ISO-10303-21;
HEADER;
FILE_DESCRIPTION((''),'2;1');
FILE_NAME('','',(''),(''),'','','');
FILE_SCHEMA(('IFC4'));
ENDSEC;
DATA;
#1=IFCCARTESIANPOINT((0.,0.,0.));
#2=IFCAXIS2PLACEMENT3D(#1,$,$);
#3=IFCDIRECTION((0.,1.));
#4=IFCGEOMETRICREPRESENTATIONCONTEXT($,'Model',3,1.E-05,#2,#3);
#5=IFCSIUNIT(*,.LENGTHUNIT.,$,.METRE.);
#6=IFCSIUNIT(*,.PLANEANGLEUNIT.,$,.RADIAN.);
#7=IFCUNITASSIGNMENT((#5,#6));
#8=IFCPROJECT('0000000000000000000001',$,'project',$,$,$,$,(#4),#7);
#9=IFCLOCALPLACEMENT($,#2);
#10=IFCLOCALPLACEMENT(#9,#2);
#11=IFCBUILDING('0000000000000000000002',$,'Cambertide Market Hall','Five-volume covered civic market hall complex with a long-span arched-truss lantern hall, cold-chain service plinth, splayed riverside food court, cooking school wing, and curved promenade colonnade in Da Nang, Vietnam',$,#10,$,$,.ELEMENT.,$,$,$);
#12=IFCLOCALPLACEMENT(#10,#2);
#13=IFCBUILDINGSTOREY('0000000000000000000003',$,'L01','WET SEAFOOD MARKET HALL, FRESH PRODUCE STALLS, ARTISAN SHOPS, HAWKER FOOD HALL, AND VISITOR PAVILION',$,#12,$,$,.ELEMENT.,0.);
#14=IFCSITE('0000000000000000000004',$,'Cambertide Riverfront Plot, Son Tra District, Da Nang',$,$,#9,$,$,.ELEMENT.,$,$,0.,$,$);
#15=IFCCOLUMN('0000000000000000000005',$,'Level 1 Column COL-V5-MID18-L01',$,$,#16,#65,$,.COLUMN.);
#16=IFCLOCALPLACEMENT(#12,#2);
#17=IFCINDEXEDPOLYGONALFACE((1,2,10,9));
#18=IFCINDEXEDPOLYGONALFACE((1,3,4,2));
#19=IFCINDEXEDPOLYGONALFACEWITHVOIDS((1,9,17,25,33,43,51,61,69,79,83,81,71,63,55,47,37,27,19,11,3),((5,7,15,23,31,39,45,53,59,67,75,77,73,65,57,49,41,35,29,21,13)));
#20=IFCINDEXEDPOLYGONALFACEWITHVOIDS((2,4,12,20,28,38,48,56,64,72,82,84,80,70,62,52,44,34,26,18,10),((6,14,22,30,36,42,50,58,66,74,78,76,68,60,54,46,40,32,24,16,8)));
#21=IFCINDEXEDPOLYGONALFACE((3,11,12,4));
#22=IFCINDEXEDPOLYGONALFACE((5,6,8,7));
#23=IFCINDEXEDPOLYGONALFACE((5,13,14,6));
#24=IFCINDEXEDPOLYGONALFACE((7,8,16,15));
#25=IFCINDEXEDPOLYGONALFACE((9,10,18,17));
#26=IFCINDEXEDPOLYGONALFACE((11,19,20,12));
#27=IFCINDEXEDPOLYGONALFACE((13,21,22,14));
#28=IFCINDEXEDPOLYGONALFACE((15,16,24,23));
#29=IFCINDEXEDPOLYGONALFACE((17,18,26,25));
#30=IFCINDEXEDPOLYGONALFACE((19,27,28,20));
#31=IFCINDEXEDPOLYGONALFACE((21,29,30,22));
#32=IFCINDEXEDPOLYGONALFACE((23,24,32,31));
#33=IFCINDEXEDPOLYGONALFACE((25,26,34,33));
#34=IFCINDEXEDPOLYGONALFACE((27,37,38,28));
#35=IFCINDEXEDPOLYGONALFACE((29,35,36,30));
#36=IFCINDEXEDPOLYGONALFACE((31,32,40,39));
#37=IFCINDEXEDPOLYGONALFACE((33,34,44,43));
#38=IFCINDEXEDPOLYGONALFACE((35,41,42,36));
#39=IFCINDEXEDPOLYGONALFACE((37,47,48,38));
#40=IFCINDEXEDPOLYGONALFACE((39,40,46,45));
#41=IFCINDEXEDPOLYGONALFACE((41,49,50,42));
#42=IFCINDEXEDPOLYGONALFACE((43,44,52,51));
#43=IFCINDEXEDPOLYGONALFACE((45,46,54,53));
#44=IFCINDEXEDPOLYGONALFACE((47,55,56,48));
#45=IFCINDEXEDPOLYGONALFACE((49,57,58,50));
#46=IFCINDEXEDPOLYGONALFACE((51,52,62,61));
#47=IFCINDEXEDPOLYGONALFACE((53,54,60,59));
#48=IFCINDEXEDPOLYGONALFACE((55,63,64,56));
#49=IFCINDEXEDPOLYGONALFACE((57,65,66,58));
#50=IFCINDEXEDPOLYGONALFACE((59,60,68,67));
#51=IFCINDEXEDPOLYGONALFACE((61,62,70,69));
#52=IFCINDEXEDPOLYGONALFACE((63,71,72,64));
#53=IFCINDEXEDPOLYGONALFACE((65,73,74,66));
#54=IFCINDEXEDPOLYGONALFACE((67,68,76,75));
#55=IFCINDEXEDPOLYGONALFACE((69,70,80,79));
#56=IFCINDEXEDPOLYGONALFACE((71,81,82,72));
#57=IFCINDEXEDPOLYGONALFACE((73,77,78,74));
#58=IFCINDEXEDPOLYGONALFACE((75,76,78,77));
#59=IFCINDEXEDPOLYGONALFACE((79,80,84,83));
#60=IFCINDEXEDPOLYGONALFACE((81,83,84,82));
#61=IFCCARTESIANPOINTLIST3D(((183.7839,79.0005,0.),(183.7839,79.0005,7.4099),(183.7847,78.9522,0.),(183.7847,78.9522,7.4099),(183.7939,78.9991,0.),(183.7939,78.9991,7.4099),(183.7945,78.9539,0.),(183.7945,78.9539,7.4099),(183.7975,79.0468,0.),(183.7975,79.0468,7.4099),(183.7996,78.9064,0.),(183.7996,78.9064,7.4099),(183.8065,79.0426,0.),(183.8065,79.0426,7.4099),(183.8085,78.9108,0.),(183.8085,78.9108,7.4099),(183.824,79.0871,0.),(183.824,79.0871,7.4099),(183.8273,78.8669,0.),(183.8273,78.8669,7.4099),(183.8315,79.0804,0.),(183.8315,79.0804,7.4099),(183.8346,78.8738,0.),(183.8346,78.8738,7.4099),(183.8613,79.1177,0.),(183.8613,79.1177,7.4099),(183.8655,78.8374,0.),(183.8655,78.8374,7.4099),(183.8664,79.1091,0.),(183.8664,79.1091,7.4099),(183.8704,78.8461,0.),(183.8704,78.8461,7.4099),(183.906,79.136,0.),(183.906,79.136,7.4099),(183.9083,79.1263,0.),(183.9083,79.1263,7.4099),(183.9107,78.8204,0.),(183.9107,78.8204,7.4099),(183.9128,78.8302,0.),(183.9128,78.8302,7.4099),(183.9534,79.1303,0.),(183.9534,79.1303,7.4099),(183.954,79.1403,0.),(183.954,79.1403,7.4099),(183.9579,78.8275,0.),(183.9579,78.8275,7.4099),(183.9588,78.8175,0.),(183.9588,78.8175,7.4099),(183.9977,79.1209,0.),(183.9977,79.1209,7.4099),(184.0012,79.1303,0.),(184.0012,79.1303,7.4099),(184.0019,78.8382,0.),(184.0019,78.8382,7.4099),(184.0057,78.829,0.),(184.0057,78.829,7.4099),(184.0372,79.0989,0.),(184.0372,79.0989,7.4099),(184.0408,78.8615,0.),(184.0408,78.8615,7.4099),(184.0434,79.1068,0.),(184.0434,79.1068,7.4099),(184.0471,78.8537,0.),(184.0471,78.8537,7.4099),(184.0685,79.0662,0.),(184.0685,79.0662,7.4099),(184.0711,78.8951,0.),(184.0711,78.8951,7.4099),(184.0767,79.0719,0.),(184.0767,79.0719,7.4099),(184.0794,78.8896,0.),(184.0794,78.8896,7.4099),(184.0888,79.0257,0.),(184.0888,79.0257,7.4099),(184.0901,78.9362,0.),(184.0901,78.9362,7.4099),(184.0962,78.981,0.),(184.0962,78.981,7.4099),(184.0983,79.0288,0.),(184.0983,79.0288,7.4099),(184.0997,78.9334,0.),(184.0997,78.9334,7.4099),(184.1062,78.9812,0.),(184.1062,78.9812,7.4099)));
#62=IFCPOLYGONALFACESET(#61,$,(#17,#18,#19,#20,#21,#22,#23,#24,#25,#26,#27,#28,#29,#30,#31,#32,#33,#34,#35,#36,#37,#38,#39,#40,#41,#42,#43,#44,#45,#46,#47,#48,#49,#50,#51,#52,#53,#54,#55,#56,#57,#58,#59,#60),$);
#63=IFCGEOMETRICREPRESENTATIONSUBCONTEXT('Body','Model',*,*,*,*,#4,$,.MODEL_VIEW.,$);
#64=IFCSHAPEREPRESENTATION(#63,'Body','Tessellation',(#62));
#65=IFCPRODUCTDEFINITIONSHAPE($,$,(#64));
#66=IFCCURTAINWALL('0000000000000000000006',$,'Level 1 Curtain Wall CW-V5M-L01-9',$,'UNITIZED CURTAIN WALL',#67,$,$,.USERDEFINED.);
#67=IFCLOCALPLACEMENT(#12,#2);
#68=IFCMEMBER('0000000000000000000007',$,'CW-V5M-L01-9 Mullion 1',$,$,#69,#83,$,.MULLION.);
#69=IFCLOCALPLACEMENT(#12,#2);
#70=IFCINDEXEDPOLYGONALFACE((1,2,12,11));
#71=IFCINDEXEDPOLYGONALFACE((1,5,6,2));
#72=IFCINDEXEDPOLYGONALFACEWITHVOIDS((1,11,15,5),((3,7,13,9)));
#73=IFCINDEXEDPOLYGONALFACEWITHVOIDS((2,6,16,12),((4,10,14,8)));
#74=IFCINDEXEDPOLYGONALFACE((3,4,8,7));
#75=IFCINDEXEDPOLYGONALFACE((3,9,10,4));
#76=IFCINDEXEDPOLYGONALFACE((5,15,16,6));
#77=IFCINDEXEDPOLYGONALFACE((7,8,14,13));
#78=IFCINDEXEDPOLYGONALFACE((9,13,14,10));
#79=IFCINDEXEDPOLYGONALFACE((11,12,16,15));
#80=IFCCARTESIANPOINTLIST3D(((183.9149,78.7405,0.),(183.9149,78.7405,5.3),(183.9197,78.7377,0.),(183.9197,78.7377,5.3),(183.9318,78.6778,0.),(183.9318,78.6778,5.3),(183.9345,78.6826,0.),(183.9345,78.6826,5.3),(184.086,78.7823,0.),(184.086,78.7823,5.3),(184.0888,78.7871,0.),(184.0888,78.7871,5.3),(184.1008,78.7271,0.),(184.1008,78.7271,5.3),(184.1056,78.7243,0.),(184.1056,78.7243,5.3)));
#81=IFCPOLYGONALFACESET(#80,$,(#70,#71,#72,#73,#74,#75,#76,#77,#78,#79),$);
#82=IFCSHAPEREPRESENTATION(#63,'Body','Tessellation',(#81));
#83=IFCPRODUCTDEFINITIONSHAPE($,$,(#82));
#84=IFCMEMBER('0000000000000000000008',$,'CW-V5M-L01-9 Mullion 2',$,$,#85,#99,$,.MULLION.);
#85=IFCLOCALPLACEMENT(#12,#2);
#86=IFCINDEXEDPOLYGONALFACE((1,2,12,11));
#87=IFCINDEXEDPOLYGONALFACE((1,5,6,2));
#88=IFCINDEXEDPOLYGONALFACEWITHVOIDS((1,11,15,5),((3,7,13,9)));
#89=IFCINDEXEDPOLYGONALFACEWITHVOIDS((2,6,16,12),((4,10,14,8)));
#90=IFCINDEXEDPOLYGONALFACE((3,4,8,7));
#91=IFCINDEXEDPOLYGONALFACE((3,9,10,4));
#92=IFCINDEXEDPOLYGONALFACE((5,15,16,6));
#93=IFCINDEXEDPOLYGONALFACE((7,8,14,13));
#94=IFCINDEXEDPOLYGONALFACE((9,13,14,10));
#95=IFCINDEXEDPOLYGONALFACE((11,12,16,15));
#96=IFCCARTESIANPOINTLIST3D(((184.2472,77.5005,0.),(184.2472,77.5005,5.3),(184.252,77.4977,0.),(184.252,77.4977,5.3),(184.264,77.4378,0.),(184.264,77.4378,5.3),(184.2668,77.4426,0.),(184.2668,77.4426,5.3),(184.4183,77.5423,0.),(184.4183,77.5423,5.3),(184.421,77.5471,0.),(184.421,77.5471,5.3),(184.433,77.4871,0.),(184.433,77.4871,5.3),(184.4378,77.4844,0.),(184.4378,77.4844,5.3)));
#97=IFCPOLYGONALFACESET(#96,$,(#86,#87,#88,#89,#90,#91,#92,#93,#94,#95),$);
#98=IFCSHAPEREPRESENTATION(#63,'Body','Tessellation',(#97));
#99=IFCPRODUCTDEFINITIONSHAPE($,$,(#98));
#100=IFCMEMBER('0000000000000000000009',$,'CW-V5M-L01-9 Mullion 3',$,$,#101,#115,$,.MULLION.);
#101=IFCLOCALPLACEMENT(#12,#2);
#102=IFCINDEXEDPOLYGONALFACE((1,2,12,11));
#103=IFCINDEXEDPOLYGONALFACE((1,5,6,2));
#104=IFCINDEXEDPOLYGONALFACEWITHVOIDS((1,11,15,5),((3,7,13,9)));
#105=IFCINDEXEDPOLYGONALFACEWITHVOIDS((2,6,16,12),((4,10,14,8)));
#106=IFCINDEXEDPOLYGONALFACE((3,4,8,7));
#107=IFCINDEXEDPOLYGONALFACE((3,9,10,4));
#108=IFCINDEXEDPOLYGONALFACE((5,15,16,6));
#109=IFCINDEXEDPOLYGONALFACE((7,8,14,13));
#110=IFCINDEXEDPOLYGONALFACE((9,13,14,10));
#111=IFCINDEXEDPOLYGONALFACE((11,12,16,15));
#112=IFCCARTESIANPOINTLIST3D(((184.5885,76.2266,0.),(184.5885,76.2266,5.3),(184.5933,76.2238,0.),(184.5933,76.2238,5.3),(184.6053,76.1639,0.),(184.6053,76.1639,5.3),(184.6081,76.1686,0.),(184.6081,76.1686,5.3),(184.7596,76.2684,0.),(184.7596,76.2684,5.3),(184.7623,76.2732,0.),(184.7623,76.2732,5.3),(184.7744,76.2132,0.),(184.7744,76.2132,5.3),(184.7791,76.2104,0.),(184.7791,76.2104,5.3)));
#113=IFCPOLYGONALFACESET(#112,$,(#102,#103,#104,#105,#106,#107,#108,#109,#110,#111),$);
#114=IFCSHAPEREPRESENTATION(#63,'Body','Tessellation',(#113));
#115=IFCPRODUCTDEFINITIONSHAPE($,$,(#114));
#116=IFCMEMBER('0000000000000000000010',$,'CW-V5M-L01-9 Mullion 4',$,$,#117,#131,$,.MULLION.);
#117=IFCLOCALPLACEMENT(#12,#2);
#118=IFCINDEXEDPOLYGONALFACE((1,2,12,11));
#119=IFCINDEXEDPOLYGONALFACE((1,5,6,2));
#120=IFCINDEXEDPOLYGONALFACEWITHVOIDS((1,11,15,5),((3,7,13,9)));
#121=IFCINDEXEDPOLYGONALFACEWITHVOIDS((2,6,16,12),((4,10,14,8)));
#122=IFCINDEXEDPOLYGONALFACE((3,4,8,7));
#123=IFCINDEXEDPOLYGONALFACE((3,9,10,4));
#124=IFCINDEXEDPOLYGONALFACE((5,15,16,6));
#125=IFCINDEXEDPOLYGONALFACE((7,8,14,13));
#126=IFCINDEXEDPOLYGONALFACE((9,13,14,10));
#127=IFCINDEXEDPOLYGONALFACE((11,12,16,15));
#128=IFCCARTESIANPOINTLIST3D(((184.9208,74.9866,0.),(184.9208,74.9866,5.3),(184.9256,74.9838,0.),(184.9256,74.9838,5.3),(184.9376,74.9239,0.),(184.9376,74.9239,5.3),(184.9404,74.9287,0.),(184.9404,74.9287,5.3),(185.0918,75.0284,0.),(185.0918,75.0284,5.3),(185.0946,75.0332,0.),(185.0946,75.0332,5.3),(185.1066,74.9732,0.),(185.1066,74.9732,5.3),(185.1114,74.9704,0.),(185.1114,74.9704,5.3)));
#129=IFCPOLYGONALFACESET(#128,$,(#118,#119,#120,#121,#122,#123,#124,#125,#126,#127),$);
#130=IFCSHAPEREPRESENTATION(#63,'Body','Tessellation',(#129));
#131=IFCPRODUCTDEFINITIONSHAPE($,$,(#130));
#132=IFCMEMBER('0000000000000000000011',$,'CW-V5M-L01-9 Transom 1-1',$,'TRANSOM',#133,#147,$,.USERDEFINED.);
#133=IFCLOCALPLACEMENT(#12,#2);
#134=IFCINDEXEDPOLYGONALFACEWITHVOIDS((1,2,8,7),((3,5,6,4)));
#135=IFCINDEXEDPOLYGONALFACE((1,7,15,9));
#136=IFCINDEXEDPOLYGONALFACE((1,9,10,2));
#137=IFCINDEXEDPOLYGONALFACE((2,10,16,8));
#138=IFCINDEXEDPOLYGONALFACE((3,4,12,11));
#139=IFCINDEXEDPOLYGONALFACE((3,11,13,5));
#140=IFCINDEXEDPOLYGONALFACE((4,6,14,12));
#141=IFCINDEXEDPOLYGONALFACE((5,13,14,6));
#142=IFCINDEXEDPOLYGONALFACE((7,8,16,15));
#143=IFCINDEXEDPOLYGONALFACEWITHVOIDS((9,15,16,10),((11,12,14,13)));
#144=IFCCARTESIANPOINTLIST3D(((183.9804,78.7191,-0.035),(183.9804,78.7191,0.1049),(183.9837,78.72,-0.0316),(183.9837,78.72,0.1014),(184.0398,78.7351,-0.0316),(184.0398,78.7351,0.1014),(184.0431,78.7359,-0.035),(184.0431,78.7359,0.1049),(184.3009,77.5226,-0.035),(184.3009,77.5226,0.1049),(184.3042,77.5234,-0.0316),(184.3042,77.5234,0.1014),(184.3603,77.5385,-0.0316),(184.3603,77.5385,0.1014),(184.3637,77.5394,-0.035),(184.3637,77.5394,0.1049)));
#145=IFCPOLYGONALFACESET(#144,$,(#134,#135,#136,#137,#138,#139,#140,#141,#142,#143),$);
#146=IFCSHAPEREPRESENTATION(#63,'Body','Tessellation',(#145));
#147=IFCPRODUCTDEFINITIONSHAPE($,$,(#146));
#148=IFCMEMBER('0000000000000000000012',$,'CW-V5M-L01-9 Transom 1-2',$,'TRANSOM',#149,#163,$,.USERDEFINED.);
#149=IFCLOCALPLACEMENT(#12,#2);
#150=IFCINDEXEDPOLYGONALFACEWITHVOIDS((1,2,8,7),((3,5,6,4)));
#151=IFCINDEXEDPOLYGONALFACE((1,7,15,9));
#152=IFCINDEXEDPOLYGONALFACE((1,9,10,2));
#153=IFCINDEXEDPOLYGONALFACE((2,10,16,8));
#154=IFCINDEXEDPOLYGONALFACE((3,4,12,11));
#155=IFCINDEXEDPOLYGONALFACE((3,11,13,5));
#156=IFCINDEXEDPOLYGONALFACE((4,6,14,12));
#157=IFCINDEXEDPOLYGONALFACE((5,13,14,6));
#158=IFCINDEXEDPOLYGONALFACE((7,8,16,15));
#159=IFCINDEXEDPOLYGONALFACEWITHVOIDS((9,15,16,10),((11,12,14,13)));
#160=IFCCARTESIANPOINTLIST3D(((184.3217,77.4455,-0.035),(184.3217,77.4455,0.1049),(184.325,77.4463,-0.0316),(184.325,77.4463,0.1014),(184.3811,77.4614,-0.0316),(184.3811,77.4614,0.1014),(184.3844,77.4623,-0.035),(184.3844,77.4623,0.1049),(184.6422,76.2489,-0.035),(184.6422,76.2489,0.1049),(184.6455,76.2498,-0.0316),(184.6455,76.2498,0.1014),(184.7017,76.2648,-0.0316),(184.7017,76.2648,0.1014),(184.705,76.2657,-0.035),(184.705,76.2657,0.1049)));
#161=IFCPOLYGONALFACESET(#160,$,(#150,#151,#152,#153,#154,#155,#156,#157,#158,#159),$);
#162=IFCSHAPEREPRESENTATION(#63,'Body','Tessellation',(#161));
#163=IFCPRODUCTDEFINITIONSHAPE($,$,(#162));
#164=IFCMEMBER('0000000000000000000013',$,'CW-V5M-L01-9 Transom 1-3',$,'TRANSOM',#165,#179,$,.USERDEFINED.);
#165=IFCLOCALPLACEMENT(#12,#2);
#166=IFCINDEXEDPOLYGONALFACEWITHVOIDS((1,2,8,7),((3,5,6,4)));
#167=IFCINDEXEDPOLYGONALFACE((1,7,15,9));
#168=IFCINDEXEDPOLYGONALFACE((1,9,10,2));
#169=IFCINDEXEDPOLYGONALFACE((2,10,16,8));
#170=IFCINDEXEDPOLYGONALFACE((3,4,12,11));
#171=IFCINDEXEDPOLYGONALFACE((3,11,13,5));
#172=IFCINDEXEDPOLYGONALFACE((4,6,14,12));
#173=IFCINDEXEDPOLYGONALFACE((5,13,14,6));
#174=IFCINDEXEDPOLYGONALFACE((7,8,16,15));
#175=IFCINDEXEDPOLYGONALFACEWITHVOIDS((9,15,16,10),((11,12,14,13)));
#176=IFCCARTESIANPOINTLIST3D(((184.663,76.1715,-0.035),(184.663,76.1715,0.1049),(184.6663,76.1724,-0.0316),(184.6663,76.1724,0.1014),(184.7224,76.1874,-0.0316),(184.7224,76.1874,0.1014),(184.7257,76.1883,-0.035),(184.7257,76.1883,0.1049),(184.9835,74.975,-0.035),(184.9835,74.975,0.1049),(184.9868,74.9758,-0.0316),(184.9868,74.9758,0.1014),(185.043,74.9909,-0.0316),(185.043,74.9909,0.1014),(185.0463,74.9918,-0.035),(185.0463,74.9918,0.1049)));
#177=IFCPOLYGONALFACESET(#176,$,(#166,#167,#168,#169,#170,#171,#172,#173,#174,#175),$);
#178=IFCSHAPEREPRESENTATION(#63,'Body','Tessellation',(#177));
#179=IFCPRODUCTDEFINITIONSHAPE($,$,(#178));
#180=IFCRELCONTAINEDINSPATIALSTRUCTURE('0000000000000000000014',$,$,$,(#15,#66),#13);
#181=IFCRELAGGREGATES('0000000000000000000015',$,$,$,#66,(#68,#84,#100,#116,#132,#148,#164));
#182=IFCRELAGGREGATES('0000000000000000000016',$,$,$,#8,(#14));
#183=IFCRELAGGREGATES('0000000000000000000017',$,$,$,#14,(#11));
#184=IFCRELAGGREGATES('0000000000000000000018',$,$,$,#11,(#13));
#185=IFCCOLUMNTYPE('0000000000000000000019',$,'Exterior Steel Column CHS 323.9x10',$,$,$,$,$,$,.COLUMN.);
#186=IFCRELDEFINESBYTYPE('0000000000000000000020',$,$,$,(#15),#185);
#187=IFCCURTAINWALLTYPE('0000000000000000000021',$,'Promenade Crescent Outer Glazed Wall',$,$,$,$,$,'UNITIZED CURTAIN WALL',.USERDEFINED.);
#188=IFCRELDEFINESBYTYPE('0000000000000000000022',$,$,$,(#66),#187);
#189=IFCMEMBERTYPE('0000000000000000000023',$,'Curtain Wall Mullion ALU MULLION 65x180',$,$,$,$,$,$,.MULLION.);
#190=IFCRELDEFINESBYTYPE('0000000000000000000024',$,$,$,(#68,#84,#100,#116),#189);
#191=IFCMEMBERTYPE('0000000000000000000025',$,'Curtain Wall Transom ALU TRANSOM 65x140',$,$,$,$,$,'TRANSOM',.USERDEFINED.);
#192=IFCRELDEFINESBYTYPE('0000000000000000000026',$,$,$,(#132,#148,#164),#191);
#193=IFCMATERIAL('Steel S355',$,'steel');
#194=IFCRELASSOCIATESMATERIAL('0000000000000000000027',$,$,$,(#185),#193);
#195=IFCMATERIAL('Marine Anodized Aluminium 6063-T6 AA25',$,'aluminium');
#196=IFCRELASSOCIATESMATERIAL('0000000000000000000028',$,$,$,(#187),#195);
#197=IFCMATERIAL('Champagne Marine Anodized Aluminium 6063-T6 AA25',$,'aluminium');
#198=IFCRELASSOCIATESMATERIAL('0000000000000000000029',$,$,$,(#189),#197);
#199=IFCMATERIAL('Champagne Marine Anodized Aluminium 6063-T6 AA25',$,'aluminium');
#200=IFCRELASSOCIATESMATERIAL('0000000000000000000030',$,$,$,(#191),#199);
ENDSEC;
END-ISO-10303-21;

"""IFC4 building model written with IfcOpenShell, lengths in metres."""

from ifc_helpers import new_model, si_unit, direction, frame, origin, origin_2d, place, context, subcontext, project, spatial, hollow_rectangle, hollow_circle, extrude, material, material_profile, profile_set, type_object, element, aggregate, save


model = new_model("IFC4")

# Units and contexts
model_context = context("Model", 3, precision=1e-05, world=origin(), true_north=direction((0.0, 1.0)))
body_context = subcontext(model_context, "Body", "Model", "MODEL_VIEW")
ifc_project = project(units=[si_unit("LENGTHUNIT", "METRE"), si_unit("PLANEANGLEUNIT", "RADIAN")], contexts=[model_context])

# Site, building, storey
site_placement = place(None, origin())
site = spatial("IfcSite", under=ifc_project, at=site_placement, Name="Cambertide Riverfront Plot, Son Tra District, Da Nang", CompositionType="ELEMENT", RefElevation=0.0)
building_placement = place(site_placement, origin())
building = spatial("IfcBuilding", under=site, at=building_placement, Name="Cambertide Market Hall", Description="Five-volume covered civic market hall complex with a long-span arched-truss lantern hall, cold-chain service plinth, splayed riverside food court, cooking school wing, and curved promenade colonnade in Da Nang, Vietnam", CompositionType="ELEMENT")
storey_placement = place(building_placement, origin())
storey = spatial("IfcBuildingStorey", under=building, at=storey_placement, Name="L01", Description="WET SEAFOOD MARKET HALL, FRESH PRODUCE STALLS, ARTISAN SHOPS, HAWKER FOOD HALL, AND VISITOR PAVILION", CompositionType="ELEMENT", Elevation=0.0)

# Column
ifc_material_1 = material(Name="Steel S355", Category="steel")
ifc_material_profile_1 = material_profile(ifc_material_1, hollow_circle(Radius=0.1619, WallThickness=0.01, at=origin_2d()), Name="CHS 323.9x10")
ifc_profile_set_1 = profile_set([ifc_material_profile_1], Name="Steel S355")
column_type = type_object("IfcColumnType", Name="Exterior Steel Column CHS 323.9x10", PredefinedType="COLUMN", material=ifc_profile_set_1)
column_placement = place(storey_placement, frame((183.9443, 78.9788, 0.0), z_axis=(0.0, 0.0, 1.0), x_axis=(0.951057, 0.309017, 0.0)))
element("IfcColumn", 1, at=column_placement, inside=storey, type_object=column_type, Name="Level 1 Column COL-V5-MID18-L01", PredefinedType="COLUMN", context=body_context, shape_type="SweptSolid", body=[
    extrude(hollow_circle(Radius=0.1619, WallThickness=0.01, at=origin_2d()), origin(), (0.0, 0.0, 1.0), 7.4099),
])

# Curtain wall, members
ifc_material_2 = material(Name="Marine Anodized Aluminium 6063-T6 AA25", Category="aluminium")
curtain_wall_type = type_object("IfcCurtainWallType", Name="Promenade Crescent Outer Glazed Wall", ElementType="UNITIZED CURTAIN WALL", PredefinedType="USERDEFINED", material=ifc_material_2)
curtain_wall_placement = place(storey_placement, origin())
curtain_wall = element("IfcCurtainWall", 2, at=curtain_wall_placement, inside=storey, type_object=curtain_wall_type, Name="Level 1 Curtain Wall CW-V5M-L01-9", ObjectType="UNITIZED CURTAIN WALL", PredefinedType="USERDEFINED")
ifc_material_3 = material(Name="Champagne Marine Anodized Aluminium 6063-T6 AA25", Category="aluminium")
ifc_material_profile_2 = material_profile(ifc_material_3, hollow_rectangle(XDim=0.0649, YDim=0.1799, WallThickness=0.0039, at=origin_2d()), Name="ALU MULLION 65x180")
ifc_profile_set_2 = profile_set([ifc_material_profile_2], Name="Champagne Marine Anodized Aluminium 6063-T6 AA25")
member_type_1 = type_object("IfcMemberType", Name="Curtain Wall Mullion ALU MULLION 65x180", PredefinedType="MULLION", material=ifc_profile_set_2)
member_1_placement = place(storey_placement, frame((184.0103, 78.7324, 0.0), z_axis=(0.0, 0.0, 1.0), x_axis=(0.258819, -0.965926, 0.0)))
member_1 = element("IfcMember", 3, at=member_1_placement, type_object=member_type_1, Name="CW-V5M-L01-9 Mullion 1", PredefinedType="MULLION", context=body_context, shape_type="SweptSolid", body=[
    extrude(hollow_rectangle(XDim=0.0649, YDim=0.1799, WallThickness=0.0039, at=origin_2d()), origin(), (0.0, 0.0, 1.0), 5.3),
])
member_2_placement = place(storey_placement, frame((184.3425, 77.4924, 0.0), z_axis=(0.0, 0.0, 1.0), x_axis=(0.258819, -0.965926, 0.0)))
member_2 = element("IfcMember", 4, at=member_2_placement, type_object=member_type_1, Name="CW-V5M-L01-9 Mullion 2", PredefinedType="MULLION", context=body_context, shape_type="SweptSolid", body=[
    extrude(hollow_rectangle(XDim=0.0649, YDim=0.1799, WallThickness=0.0039, at=origin_2d()), origin(), (0.0, 0.0, 1.0), 5.3),
])
member_3_placement = place(storey_placement, frame((184.6838, 76.2185, 0.0), z_axis=(0.0, 0.0, 1.0), x_axis=(0.258819, -0.965926, 0.0)))
member_3 = element("IfcMember", 5, at=member_3_placement, type_object=member_type_1, Name="CW-V5M-L01-9 Mullion 3", PredefinedType="MULLION", context=body_context, shape_type="SweptSolid", body=[
    extrude(hollow_rectangle(XDim=0.0649, YDim=0.1799, WallThickness=0.0039, at=origin_2d()), origin(), (0.0, 0.0, 1.0), 5.3),
])
member_4_placement = place(storey_placement, frame((185.0161, 74.9785, 0.0), z_axis=(0.0, 0.0, 1.0), x_axis=(0.258819, -0.965926, 0.0)))
member_4 = element("IfcMember", 6, at=member_4_placement, type_object=member_type_1, Name="CW-V5M-L01-9 Mullion 4", PredefinedType="MULLION", context=body_context, shape_type="SweptSolid", body=[
    extrude(hollow_rectangle(XDim=0.0649, YDim=0.1799, WallThickness=0.0039, at=origin_2d()), origin(), (0.0, 0.0, 1.0), 5.3),
])
ifc_material_4 = material(Name="Champagne Marine Anodized Aluminium 6063-T6 AA25", Category="aluminium")
ifc_material_profile_3 = material_profile(ifc_material_4, hollow_rectangle(XDim=0.0649, YDim=0.1399, WallThickness=0.0034, at=origin_2d()), Name="ALU TRANSOM 65x140")
ifc_profile_set_3 = profile_set([ifc_material_profile_3], Name="Champagne Marine Anodized Aluminium 6063-T6 AA25")
member_type_2 = type_object("IfcMemberType", Name="Curtain Wall Transom ALU TRANSOM 65x140", ElementType="TRANSOM", PredefinedType="USERDEFINED", material=ifc_profile_set_3)
member_5_placement = place(storey_placement, frame((184.0117, 78.7275, 0.0349), z_axis=(0.258779, -0.965937, 0.0), x_axis=(0.965937, 0.258779, 0.0)))
member_5 = element("IfcMember", 7, at=member_5_placement, type_object=member_type_2, Name="CW-V5M-L01-9 Transom 1-1", ObjectType="TRANSOM", PredefinedType="USERDEFINED", context=body_context, shape_type="SweptSolid", body=[
    extrude(hollow_rectangle(XDim=0.0649, YDim=0.1399, WallThickness=0.0034, at=origin_2d()), origin(), (0.0, 0.0, 1.0), 1.2388),
])
member_6_placement = place(storey_placement, frame((184.353, 77.4539, 0.0349), z_axis=(0.258779, -0.965937, 0.0), x_axis=(0.965937, 0.258779, 0.0)))
member_6 = element("IfcMember", 8, at=member_6_placement, type_object=member_type_2, Name="CW-V5M-L01-9 Transom 1-2", ObjectType="TRANSOM", PredefinedType="USERDEFINED", context=body_context, shape_type="SweptSolid", body=[
    extrude(hollow_rectangle(XDim=0.0649, YDim=0.1399, WallThickness=0.0034, at=origin_2d()), origin(), (0.0, 0.0, 1.0), 1.2388),
])
member_7_placement = place(storey_placement, frame((184.6943, 76.1799, 0.0349), z_axis=(0.258779, -0.965937, 0.0), x_axis=(0.965937, 0.258779, 0.0)))
member_7 = element("IfcMember", 9, at=member_7_placement, type_object=member_type_2, Name="CW-V5M-L01-9 Transom 1-3", ObjectType="TRANSOM", PredefinedType="USERDEFINED", context=body_context, shape_type="SweptSolid", body=[
    extrude(hollow_rectangle(XDim=0.0649, YDim=0.1399, WallThickness=0.0034, at=origin_2d()), origin(), (0.0, 0.0, 1.0), 1.2388),
])

aggregate(curtain_wall, [member_1, member_2, member_3, member_4, member_5, member_6, member_7])

save(model, "model.ifc")
